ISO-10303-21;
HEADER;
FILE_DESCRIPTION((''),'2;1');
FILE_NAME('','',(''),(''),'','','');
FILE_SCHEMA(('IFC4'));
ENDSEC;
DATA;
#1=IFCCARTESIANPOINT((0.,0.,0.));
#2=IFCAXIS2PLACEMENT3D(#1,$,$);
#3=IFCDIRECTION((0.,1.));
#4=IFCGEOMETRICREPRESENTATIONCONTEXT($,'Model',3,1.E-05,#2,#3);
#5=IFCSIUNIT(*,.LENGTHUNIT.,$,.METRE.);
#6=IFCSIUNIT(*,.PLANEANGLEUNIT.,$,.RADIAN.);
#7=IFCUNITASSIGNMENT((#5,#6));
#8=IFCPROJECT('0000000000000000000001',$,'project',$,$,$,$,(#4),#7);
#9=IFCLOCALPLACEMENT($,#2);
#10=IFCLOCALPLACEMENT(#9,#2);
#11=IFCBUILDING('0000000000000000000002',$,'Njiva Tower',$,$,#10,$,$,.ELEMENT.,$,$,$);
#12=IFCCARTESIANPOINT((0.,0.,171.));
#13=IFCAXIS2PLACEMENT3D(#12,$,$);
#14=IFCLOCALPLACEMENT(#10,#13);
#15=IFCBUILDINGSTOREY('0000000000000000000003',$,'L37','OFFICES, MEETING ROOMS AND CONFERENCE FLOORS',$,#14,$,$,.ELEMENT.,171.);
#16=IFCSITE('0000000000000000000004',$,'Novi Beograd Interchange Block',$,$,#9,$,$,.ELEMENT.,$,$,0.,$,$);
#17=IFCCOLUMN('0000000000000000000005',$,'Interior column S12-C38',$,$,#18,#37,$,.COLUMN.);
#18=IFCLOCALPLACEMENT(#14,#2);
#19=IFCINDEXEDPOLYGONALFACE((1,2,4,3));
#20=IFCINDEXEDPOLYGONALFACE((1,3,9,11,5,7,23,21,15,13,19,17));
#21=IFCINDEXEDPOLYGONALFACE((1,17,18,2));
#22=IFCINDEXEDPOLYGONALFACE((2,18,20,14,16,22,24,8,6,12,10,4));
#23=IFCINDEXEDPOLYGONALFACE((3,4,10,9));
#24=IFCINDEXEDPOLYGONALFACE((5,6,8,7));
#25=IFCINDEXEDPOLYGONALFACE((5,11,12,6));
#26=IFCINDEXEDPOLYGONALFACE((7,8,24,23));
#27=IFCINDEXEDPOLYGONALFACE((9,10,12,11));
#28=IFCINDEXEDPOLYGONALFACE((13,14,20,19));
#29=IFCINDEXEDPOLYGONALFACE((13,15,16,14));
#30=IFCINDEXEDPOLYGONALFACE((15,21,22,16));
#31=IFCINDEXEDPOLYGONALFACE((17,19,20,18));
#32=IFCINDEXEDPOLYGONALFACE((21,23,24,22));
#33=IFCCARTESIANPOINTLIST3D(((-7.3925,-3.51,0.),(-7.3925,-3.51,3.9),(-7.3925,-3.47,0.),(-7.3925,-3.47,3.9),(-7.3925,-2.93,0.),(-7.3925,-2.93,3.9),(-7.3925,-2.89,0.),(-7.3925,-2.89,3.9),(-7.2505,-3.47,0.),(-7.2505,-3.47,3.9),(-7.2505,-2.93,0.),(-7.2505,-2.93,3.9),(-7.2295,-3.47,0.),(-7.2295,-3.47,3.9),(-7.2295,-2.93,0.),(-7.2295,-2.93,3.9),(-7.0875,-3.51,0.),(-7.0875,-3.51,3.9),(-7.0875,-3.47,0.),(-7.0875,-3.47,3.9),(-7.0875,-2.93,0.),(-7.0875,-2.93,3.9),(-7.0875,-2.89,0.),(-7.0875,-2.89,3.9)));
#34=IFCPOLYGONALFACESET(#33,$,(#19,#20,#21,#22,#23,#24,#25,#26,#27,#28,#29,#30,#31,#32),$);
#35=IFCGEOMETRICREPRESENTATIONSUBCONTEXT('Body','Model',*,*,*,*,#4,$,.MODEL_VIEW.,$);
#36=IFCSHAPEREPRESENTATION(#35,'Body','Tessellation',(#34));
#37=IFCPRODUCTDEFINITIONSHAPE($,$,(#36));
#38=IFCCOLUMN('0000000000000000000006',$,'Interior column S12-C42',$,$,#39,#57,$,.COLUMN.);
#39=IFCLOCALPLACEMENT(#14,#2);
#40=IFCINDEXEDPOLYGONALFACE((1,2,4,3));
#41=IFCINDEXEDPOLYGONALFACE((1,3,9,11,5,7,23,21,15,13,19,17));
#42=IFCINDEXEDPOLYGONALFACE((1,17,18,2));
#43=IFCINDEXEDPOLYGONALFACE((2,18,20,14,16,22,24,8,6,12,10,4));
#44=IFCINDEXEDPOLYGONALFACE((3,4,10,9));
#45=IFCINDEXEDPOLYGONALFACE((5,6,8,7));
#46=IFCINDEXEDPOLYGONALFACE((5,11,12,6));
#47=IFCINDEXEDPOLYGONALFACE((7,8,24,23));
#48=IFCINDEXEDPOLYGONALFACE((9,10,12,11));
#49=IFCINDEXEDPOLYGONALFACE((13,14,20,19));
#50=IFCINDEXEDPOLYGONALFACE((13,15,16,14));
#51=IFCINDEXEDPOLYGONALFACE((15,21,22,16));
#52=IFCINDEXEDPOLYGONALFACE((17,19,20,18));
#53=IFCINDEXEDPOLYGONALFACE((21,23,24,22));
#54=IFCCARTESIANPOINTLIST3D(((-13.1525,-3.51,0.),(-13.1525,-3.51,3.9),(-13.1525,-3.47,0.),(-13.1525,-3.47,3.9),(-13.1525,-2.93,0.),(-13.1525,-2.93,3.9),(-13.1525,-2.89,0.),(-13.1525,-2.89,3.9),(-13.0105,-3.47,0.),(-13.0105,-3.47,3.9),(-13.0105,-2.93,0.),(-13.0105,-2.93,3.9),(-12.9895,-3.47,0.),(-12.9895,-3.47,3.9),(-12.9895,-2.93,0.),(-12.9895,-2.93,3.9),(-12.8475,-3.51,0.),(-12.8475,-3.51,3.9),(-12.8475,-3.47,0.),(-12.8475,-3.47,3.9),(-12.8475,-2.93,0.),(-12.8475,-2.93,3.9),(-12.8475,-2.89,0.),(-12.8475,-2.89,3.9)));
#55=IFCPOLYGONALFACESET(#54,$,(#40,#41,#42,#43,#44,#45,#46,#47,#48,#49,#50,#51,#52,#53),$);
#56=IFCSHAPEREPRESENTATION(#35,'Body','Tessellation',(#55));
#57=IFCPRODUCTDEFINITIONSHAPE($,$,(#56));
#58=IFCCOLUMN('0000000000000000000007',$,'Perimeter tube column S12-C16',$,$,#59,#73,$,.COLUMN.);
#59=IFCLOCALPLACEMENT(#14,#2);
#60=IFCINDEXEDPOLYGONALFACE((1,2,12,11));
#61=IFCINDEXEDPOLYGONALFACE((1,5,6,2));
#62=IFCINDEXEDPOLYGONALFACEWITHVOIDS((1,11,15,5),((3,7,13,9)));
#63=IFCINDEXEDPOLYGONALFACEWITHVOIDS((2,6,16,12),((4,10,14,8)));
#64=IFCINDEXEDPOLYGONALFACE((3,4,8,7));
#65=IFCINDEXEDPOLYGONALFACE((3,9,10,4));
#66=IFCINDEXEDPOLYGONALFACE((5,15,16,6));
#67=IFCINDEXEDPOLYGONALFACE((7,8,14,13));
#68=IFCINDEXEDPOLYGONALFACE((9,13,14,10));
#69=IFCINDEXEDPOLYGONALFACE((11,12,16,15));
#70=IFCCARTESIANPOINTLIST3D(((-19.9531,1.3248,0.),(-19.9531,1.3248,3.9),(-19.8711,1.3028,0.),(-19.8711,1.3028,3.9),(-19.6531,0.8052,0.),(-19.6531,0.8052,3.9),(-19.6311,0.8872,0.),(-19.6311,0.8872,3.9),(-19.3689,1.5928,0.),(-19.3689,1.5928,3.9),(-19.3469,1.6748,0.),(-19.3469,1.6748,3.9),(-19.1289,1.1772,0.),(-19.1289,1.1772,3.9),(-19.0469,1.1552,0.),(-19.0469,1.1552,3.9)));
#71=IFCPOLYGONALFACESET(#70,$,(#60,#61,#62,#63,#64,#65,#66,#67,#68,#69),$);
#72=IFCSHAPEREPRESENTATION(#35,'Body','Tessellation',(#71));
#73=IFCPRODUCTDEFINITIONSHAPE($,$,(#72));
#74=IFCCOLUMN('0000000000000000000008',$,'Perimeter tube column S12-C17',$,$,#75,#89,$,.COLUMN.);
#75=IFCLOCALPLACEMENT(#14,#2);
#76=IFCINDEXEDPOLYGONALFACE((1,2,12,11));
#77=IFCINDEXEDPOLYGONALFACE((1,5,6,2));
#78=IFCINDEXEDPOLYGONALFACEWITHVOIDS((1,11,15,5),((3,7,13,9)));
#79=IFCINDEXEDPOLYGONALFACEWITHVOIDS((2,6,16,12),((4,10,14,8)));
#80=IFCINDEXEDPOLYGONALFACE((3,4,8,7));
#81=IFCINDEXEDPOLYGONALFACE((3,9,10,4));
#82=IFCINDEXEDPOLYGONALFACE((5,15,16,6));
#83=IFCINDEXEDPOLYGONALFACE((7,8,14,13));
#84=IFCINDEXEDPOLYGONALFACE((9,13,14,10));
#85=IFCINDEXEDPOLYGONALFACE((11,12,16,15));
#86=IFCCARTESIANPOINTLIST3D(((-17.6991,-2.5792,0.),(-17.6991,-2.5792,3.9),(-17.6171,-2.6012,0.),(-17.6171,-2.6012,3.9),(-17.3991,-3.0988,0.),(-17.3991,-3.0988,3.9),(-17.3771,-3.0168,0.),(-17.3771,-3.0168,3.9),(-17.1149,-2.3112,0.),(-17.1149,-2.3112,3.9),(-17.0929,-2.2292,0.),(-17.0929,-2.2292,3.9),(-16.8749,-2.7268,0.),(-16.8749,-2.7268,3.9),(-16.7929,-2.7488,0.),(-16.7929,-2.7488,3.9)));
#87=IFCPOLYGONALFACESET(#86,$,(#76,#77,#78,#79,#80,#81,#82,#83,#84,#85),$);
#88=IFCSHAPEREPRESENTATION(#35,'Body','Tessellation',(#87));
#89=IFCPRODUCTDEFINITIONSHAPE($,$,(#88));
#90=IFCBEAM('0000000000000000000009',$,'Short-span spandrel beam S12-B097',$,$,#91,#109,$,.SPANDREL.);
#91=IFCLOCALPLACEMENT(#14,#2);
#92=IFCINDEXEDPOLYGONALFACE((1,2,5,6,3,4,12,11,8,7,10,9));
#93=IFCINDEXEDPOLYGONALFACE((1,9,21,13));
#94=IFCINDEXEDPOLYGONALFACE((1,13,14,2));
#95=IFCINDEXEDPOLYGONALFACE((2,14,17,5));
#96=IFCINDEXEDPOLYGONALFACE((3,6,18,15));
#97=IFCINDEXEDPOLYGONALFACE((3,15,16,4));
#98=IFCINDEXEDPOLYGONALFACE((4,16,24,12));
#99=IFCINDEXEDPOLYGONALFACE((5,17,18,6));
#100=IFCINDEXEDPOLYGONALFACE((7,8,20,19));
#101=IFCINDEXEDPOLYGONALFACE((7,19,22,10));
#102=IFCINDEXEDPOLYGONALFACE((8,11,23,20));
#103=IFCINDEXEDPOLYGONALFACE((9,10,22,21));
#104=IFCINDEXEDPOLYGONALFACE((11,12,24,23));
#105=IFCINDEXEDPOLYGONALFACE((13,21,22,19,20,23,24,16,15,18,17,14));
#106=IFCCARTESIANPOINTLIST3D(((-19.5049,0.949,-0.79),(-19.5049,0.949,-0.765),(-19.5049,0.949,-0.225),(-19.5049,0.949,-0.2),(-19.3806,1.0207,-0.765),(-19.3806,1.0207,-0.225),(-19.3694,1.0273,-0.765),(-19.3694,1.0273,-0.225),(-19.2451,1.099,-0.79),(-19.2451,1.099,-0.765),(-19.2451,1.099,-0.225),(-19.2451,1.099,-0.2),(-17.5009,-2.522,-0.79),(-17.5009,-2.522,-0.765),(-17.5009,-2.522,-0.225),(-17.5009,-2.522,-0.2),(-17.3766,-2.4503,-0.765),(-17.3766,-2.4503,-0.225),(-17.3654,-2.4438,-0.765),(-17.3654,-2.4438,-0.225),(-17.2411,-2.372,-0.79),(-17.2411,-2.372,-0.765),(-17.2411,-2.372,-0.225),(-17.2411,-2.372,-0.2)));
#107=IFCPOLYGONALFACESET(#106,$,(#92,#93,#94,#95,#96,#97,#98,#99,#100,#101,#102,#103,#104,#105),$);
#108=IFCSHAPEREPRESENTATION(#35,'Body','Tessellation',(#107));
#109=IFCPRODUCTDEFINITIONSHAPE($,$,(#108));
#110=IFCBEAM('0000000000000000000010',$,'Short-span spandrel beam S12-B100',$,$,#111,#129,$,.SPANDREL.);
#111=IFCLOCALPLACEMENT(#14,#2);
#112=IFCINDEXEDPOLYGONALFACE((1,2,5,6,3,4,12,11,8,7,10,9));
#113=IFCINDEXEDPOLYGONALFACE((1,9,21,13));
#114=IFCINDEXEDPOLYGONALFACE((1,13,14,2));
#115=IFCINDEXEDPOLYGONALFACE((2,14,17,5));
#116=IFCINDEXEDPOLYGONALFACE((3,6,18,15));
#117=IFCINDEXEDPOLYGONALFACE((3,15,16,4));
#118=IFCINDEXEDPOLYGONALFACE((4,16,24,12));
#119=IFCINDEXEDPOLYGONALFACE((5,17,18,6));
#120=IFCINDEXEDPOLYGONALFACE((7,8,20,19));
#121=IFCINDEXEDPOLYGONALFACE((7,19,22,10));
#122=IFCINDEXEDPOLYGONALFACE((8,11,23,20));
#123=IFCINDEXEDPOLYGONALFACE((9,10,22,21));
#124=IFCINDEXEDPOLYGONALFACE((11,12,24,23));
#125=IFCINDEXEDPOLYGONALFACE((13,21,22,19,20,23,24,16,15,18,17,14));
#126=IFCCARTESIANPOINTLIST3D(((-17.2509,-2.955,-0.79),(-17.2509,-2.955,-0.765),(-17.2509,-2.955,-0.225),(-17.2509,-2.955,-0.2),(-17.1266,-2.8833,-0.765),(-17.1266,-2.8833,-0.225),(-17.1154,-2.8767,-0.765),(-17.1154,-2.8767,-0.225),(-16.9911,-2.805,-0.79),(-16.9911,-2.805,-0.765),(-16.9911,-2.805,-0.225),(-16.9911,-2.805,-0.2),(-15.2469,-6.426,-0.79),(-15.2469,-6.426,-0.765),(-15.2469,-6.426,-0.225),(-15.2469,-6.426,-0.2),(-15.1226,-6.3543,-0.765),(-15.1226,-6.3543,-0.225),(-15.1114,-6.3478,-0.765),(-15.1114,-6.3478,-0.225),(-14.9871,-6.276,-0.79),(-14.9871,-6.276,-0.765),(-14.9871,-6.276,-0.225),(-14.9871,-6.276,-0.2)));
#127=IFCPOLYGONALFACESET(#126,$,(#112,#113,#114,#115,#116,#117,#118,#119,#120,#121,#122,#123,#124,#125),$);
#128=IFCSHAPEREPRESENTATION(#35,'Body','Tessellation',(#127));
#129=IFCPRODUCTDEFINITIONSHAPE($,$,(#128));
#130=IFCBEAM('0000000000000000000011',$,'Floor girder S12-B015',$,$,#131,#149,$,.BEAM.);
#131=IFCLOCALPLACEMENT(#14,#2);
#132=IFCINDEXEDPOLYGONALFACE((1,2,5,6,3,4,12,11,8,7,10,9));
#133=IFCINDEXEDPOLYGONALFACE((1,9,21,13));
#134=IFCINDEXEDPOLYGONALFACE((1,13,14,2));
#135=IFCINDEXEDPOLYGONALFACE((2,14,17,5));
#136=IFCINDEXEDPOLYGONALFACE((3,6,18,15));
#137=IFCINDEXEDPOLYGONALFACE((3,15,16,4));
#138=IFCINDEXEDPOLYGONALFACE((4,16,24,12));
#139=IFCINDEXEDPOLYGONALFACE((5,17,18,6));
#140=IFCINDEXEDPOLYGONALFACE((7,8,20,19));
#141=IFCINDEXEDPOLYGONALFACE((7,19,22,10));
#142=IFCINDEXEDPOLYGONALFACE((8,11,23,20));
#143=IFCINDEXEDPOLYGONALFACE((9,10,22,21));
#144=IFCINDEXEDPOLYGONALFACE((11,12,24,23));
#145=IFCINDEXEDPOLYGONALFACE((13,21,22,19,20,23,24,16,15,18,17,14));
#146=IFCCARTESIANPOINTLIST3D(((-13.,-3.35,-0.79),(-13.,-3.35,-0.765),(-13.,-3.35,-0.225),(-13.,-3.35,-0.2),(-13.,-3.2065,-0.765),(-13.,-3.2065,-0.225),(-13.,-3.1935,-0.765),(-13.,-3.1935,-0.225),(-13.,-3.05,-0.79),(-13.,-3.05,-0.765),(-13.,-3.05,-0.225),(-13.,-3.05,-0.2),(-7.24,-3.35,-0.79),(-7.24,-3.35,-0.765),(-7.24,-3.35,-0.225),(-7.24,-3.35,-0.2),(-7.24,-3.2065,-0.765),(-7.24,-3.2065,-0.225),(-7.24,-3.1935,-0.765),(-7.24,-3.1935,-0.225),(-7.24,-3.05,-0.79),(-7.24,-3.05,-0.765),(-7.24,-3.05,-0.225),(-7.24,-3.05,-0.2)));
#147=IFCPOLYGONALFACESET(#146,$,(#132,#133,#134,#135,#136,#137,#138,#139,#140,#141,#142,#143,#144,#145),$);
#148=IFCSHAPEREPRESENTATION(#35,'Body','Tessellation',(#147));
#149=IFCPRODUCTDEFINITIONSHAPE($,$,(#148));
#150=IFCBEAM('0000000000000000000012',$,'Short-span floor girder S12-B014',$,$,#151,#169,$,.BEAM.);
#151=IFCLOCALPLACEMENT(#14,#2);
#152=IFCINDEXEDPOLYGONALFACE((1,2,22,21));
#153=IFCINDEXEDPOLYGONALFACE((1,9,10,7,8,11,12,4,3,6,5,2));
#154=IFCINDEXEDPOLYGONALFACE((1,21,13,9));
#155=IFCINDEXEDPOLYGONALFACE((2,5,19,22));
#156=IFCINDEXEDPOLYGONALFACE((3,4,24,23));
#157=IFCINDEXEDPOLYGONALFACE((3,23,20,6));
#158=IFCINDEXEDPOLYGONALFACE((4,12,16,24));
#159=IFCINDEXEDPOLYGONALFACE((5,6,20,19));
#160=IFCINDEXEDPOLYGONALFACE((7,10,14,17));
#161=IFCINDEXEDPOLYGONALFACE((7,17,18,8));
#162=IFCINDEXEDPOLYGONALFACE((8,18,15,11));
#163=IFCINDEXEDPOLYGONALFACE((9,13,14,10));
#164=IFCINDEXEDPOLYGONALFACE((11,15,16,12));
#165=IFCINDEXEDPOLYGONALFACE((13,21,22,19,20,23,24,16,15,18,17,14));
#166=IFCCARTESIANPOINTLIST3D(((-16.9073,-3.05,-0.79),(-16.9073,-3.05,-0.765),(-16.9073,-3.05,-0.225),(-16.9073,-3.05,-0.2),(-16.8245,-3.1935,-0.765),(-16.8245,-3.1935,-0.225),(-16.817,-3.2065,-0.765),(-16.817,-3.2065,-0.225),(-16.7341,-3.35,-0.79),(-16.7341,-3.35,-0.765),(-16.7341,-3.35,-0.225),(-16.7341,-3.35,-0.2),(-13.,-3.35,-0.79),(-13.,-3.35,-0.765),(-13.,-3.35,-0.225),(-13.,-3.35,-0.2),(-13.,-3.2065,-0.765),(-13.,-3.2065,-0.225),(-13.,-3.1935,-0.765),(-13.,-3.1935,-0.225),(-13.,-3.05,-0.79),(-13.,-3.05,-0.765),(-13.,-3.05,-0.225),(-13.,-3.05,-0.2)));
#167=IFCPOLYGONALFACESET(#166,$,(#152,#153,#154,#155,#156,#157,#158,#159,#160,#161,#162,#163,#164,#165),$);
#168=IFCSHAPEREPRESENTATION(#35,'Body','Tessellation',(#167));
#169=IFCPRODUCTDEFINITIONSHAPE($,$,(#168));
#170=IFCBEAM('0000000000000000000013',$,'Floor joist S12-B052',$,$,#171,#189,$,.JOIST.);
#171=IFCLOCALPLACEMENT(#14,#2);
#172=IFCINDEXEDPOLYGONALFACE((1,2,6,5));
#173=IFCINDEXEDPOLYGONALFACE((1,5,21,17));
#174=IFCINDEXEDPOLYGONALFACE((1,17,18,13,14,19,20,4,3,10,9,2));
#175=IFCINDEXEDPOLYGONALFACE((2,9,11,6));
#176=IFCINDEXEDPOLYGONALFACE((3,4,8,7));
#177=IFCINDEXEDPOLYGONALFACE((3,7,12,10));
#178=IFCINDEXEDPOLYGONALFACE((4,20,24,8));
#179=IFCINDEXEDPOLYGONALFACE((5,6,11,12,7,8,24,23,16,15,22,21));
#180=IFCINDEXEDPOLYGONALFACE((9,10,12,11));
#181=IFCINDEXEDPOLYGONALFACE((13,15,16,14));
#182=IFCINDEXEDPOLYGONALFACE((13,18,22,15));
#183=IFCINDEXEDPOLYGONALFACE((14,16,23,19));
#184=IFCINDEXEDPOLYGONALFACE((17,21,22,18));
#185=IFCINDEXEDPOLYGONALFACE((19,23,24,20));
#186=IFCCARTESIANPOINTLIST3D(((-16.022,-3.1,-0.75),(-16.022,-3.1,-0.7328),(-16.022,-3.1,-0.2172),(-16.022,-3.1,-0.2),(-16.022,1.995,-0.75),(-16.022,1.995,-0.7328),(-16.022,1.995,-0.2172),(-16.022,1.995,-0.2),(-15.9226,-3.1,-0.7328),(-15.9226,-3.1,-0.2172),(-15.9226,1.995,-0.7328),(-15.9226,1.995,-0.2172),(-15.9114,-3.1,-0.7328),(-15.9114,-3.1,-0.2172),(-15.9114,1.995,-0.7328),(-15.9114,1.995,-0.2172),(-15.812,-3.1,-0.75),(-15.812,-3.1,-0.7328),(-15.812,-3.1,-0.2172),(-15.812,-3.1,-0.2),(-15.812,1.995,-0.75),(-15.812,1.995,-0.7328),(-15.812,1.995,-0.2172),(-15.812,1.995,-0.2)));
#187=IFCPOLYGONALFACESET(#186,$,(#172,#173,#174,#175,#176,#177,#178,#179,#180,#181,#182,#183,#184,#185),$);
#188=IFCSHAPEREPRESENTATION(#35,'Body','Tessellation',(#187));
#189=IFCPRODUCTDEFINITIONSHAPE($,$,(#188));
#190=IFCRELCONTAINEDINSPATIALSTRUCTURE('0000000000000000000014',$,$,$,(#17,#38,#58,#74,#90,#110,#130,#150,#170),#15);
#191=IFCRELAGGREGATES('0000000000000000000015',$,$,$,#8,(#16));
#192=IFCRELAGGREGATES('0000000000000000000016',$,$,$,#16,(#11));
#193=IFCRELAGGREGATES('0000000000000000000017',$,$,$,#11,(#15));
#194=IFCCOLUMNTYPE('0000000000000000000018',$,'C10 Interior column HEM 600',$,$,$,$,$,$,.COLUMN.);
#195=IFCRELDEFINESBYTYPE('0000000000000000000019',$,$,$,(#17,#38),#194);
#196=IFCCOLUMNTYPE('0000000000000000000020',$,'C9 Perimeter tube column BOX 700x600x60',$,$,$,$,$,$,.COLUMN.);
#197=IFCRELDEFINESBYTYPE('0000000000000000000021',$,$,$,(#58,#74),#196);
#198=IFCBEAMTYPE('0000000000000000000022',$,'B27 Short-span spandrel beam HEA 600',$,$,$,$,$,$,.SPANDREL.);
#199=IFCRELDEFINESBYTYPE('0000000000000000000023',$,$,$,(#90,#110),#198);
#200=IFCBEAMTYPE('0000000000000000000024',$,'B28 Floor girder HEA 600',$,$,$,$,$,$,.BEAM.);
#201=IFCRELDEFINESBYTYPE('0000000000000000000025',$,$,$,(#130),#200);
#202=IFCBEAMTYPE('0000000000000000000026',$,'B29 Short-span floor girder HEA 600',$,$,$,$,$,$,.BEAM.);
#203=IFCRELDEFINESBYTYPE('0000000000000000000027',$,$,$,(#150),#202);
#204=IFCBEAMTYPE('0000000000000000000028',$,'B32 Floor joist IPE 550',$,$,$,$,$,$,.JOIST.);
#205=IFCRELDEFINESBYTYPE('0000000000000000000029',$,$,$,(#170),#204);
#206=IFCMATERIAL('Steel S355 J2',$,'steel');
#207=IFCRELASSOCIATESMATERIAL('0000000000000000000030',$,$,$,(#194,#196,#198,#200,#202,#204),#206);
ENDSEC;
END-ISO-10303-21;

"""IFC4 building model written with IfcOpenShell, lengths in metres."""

from ifc_helpers import new_model, si_unit, direction, frame, origin, origin_2d, place, context, subcontext, project, spatial, hollow_rectangle, i_section, extrude, clip, halfspace, material, material_profile, profile_set, type_object, element, save


model = new_model("IFC4")

# Units and contexts
model_context = context("Model", 3, precision=1e-05, world=origin(), true_north=direction((0.0, 1.0)))
body_context = subcontext(model_context, "Body", "Model", "MODEL_VIEW")
ifc_project = project(units=[si_unit("LENGTHUNIT", "METRE"), si_unit("PLANEANGLEUNIT", "RADIAN")], contexts=[model_context])

# Site, building, storey
site_placement = place(None, origin())
site = spatial("IfcSite", under=ifc_project, at=site_placement, Name="Novi Beograd Interchange Block", CompositionType="ELEMENT", RefElevation=0.0)
building_placement = place(site_placement, origin())
building = spatial("IfcBuilding", under=site, at=building_placement, Name="Njiva Tower", CompositionType="ELEMENT")
storey_placement = place(building_placement, frame((0.0, 0.0, 171.0)))
storey = spatial("IfcBuildingStorey", under=building, at=storey_placement, Name="L37", Description="OFFICES, MEETING ROOMS AND CONFERENCE FLOORS", CompositionType="ELEMENT", Elevation=171.0)

# Columns
ifc_material_1 = material(Name="Steel S355 J2", Category="steel")
ifc_material_profile_1 = material_profile(ifc_material_1, i_section(OverallWidth=0.305, OverallDepth=0.62, WebThickness=0.021, FlangeThickness=0.04, at=origin_2d()), Name="HEM 600")
ifc_profile_set_1 = profile_set([ifc_material_profile_1], Name="Steel S355 J2")
column_type_1 = type_object("IfcColumnType", Name="C10 Interior column HEM 600", PredefinedType="COLUMN", material=ifc_profile_set_1)
for number, where, z_axis, x_axis, name in (
    (1, (-7.24, -3.2, 0.0), (0.0, 0.0, 1.0), (1.0, 0.0, 0.0), "Interior column S12-C38"),
    (2, (-13.0, -3.2, 0.0), (0.0, 0.0, 1.0), (1.0, 0.0, 0.0), "Interior column S12-C42"),
):
    element("IfcColumn", number, at=place(storey_placement, frame(where, z_axis=z_axis, x_axis=x_axis)), inside=storey, type_object=column_type_1, Name=name, PredefinedType="COLUMN", context=body_context, shape_type="SweptSolid", body=[
        extrude(i_section(OverallWidth=0.305, OverallDepth=0.62, WebThickness=0.021, FlangeThickness=0.04, at=origin_2d()), origin(), (0.0, 0.0, 1.0), 3.9),
    ])
ifc_material_profile_2 = material_profile(ifc_material_1, hollow_rectangle(XDim=0.6, YDim=0.7, WallThickness=0.06, at=origin_2d()), Name="BOX 700x600x60")
ifc_profile_set_2 = profile_set([ifc_material_profile_2], Name="Steel S355 J2")
column_type_2 = type_object("IfcColumnType", Name="C9 Perimeter tube column BOX 700x600x60", PredefinedType="COLUMN", material=ifc_profile_set_2)
for number, where, z_axis, x_axis, name in (
    (3, (-19.5, 1.24, 0.0), (0.0, 0.0, 1.0), (0.5, -0.866025, 0.0), "Perimeter tube column S12-C16"),
    (4, (-17.246, -2.664, 0.0), (0.0, 0.0, 1.0), (0.5, -0.866025, 0.0), "Perimeter tube column S12-C17"),
):
    element("IfcColumn", number, at=place(storey_placement, frame(where, z_axis=z_axis, x_axis=x_axis)), inside=storey, type_object=column_type_2, Name=name, PredefinedType="COLUMN", context=body_context, shape_type="SweptSolid", body=[
        extrude(hollow_rectangle(XDim=0.6, YDim=0.7, WallThickness=0.06, at=origin_2d()), origin(), (0.0, 0.0, 1.0), 3.9),
    ])

# Beams
ifc_material_profile_3 = material_profile(ifc_material_1, i_section(OverallWidth=0.3, OverallDepth=0.59, WebThickness=0.013, FlangeThickness=0.025, at=origin_2d()), Name="HEA 600")
ifc_profile_set_3 = profile_set([ifc_material_profile_3], Name="Steel S355 J2")
beam_type_1 = type_object("IfcBeamType", Name="B27 Short-span spandrel beam HEA 600", PredefinedType="SPANDREL", material=ifc_profile_set_3)
for number, where, z_axis, x_axis, name in (
    (5, (-19.375, 1.024, -0.495), (0.500003, -0.866024, 0.0), (0.866024, 0.500003, 0.0), "Short-span spandrel beam S12-B097"),
    (6, (-17.121, -2.88, -0.495), (0.500003, -0.866024, 0.0), (0.866024, 0.500003, 0.0), "Short-span spandrel beam S12-B100"),
):
    element("IfcBeam", number, at=place(storey_placement, frame(where, z_axis=z_axis, x_axis=x_axis)), inside=storey, type_object=beam_type_1, Name=name, PredefinedType="SPANDREL", context=body_context, shape_type="SweptSolid", body=[
        extrude(i_section(OverallWidth=0.3, OverallDepth=0.59, WebThickness=0.013, FlangeThickness=0.025, at=origin_2d()), origin(), (0.0, 0.0, 1.0), 4.008),
    ])
ifc_material_profile_4 = material_profile(ifc_material_1, i_section(OverallWidth=0.3, OverallDepth=0.59, WebThickness=0.013, FlangeThickness=0.025, at=origin_2d()), Name="HEA 600")
ifc_profile_set_4 = profile_set([ifc_material_profile_4], Name="Steel S355 J2")
beam_type_2 = type_object("IfcBeamType", Name="B28 Floor girder HEA 600", PredefinedType="BEAM", material=ifc_profile_set_4)
beam_1_placement = place(storey_placement, frame((-13.0, -3.2, -0.495), z_axis=(1.0, 0.0, 0.0), x_axis=(0.0, 1.0, 0.0)))
element("IfcBeam", 7, at=beam_1_placement, inside=storey, type_object=beam_type_2, Name="Floor girder S12-B015", PredefinedType="BEAM", context=body_context, shape_type="SweptSolid", body=[
    extrude(i_section(OverallWidth=0.3, OverallDepth=0.59, WebThickness=0.013, FlangeThickness=0.025, at=origin_2d()), origin(), (0.0, 0.0, 1.0), 5.76),
])
ifc_material_profile_5 = material_profile(ifc_material_1, i_section(OverallWidth=0.3, OverallDepth=0.59, WebThickness=0.013, FlangeThickness=0.025, at=origin_2d()), Name="HEA 600")
ifc_profile_set_5 = profile_set([ifc_material_profile_5], Name="Steel S355 J2")
beam_type_3 = type_object("IfcBeamType", Name="B29 Short-span floor girder HEA 600", PredefinedType="BEAM", material=ifc_profile_set_5)
beam_2_placement = place(storey_placement, frame((-16.928, -3.2, -0.495), z_axis=(1.0, 0.0, 0.0), x_axis=(0.0, 1.0, 0.0)))
element("IfcBeam", 8, at=beam_2_placement, inside=storey, type_object=beam_type_3, Name="Short-span floor girder S12-B014", PredefinedType="BEAM", context=body_context, shape_type="Clipping", body=[
    clip(extrude(i_section(OverallWidth=0.3, OverallDepth=0.59, WebThickness=0.013, FlangeThickness=0.025, at=origin_2d()), origin(), (0.0, 0.0, 1.0), 3.928), halfspace(frame((-0.025, 0.0, 0.1217), z_axis=(-0.499998, 0.0, -0.866027), x_axis=(0.0, -1.0, 0.0)), False)),
])
ifc_material_profile_6 = material_profile(ifc_material_1, i_section(OverallWidth=0.21, OverallDepth=0.55, WebThickness=0.0111, FlangeThickness=0.0172, at=origin_2d()), Name="IPE 550")
ifc_profile_set_6 = profile_set([ifc_material_profile_6], Name="Steel S355 J2")
beam_type_4 = type_object("IfcBeamType", Name="B32 Floor joist IPE 550", PredefinedType="JOIST", material=ifc_profile_set_6)
for number, where, z_axis, x_axis, name in (
    (9, (-15.917, 1.995, -0.475), (0.0, -1.0, 0.0), (1.0, 0.0, 0.0), "Floor joist S12-B052"),
):
    element("IfcBeam", number, at=place(storey_placement, frame(where, z_axis=z_axis, x_axis=x_axis)), inside=storey, type_object=beam_type_4, Name=name, PredefinedType="JOIST", context=body_context, shape_type="SweptSolid", body=[
        extrude(i_section(OverallWidth=0.21, OverallDepth=0.55, WebThickness=0.0111, FlangeThickness=0.0172, at=origin_2d()), origin(), (0.0, 0.0, 1.0), 5.095),
    ])

save(model, "model.ifc")
